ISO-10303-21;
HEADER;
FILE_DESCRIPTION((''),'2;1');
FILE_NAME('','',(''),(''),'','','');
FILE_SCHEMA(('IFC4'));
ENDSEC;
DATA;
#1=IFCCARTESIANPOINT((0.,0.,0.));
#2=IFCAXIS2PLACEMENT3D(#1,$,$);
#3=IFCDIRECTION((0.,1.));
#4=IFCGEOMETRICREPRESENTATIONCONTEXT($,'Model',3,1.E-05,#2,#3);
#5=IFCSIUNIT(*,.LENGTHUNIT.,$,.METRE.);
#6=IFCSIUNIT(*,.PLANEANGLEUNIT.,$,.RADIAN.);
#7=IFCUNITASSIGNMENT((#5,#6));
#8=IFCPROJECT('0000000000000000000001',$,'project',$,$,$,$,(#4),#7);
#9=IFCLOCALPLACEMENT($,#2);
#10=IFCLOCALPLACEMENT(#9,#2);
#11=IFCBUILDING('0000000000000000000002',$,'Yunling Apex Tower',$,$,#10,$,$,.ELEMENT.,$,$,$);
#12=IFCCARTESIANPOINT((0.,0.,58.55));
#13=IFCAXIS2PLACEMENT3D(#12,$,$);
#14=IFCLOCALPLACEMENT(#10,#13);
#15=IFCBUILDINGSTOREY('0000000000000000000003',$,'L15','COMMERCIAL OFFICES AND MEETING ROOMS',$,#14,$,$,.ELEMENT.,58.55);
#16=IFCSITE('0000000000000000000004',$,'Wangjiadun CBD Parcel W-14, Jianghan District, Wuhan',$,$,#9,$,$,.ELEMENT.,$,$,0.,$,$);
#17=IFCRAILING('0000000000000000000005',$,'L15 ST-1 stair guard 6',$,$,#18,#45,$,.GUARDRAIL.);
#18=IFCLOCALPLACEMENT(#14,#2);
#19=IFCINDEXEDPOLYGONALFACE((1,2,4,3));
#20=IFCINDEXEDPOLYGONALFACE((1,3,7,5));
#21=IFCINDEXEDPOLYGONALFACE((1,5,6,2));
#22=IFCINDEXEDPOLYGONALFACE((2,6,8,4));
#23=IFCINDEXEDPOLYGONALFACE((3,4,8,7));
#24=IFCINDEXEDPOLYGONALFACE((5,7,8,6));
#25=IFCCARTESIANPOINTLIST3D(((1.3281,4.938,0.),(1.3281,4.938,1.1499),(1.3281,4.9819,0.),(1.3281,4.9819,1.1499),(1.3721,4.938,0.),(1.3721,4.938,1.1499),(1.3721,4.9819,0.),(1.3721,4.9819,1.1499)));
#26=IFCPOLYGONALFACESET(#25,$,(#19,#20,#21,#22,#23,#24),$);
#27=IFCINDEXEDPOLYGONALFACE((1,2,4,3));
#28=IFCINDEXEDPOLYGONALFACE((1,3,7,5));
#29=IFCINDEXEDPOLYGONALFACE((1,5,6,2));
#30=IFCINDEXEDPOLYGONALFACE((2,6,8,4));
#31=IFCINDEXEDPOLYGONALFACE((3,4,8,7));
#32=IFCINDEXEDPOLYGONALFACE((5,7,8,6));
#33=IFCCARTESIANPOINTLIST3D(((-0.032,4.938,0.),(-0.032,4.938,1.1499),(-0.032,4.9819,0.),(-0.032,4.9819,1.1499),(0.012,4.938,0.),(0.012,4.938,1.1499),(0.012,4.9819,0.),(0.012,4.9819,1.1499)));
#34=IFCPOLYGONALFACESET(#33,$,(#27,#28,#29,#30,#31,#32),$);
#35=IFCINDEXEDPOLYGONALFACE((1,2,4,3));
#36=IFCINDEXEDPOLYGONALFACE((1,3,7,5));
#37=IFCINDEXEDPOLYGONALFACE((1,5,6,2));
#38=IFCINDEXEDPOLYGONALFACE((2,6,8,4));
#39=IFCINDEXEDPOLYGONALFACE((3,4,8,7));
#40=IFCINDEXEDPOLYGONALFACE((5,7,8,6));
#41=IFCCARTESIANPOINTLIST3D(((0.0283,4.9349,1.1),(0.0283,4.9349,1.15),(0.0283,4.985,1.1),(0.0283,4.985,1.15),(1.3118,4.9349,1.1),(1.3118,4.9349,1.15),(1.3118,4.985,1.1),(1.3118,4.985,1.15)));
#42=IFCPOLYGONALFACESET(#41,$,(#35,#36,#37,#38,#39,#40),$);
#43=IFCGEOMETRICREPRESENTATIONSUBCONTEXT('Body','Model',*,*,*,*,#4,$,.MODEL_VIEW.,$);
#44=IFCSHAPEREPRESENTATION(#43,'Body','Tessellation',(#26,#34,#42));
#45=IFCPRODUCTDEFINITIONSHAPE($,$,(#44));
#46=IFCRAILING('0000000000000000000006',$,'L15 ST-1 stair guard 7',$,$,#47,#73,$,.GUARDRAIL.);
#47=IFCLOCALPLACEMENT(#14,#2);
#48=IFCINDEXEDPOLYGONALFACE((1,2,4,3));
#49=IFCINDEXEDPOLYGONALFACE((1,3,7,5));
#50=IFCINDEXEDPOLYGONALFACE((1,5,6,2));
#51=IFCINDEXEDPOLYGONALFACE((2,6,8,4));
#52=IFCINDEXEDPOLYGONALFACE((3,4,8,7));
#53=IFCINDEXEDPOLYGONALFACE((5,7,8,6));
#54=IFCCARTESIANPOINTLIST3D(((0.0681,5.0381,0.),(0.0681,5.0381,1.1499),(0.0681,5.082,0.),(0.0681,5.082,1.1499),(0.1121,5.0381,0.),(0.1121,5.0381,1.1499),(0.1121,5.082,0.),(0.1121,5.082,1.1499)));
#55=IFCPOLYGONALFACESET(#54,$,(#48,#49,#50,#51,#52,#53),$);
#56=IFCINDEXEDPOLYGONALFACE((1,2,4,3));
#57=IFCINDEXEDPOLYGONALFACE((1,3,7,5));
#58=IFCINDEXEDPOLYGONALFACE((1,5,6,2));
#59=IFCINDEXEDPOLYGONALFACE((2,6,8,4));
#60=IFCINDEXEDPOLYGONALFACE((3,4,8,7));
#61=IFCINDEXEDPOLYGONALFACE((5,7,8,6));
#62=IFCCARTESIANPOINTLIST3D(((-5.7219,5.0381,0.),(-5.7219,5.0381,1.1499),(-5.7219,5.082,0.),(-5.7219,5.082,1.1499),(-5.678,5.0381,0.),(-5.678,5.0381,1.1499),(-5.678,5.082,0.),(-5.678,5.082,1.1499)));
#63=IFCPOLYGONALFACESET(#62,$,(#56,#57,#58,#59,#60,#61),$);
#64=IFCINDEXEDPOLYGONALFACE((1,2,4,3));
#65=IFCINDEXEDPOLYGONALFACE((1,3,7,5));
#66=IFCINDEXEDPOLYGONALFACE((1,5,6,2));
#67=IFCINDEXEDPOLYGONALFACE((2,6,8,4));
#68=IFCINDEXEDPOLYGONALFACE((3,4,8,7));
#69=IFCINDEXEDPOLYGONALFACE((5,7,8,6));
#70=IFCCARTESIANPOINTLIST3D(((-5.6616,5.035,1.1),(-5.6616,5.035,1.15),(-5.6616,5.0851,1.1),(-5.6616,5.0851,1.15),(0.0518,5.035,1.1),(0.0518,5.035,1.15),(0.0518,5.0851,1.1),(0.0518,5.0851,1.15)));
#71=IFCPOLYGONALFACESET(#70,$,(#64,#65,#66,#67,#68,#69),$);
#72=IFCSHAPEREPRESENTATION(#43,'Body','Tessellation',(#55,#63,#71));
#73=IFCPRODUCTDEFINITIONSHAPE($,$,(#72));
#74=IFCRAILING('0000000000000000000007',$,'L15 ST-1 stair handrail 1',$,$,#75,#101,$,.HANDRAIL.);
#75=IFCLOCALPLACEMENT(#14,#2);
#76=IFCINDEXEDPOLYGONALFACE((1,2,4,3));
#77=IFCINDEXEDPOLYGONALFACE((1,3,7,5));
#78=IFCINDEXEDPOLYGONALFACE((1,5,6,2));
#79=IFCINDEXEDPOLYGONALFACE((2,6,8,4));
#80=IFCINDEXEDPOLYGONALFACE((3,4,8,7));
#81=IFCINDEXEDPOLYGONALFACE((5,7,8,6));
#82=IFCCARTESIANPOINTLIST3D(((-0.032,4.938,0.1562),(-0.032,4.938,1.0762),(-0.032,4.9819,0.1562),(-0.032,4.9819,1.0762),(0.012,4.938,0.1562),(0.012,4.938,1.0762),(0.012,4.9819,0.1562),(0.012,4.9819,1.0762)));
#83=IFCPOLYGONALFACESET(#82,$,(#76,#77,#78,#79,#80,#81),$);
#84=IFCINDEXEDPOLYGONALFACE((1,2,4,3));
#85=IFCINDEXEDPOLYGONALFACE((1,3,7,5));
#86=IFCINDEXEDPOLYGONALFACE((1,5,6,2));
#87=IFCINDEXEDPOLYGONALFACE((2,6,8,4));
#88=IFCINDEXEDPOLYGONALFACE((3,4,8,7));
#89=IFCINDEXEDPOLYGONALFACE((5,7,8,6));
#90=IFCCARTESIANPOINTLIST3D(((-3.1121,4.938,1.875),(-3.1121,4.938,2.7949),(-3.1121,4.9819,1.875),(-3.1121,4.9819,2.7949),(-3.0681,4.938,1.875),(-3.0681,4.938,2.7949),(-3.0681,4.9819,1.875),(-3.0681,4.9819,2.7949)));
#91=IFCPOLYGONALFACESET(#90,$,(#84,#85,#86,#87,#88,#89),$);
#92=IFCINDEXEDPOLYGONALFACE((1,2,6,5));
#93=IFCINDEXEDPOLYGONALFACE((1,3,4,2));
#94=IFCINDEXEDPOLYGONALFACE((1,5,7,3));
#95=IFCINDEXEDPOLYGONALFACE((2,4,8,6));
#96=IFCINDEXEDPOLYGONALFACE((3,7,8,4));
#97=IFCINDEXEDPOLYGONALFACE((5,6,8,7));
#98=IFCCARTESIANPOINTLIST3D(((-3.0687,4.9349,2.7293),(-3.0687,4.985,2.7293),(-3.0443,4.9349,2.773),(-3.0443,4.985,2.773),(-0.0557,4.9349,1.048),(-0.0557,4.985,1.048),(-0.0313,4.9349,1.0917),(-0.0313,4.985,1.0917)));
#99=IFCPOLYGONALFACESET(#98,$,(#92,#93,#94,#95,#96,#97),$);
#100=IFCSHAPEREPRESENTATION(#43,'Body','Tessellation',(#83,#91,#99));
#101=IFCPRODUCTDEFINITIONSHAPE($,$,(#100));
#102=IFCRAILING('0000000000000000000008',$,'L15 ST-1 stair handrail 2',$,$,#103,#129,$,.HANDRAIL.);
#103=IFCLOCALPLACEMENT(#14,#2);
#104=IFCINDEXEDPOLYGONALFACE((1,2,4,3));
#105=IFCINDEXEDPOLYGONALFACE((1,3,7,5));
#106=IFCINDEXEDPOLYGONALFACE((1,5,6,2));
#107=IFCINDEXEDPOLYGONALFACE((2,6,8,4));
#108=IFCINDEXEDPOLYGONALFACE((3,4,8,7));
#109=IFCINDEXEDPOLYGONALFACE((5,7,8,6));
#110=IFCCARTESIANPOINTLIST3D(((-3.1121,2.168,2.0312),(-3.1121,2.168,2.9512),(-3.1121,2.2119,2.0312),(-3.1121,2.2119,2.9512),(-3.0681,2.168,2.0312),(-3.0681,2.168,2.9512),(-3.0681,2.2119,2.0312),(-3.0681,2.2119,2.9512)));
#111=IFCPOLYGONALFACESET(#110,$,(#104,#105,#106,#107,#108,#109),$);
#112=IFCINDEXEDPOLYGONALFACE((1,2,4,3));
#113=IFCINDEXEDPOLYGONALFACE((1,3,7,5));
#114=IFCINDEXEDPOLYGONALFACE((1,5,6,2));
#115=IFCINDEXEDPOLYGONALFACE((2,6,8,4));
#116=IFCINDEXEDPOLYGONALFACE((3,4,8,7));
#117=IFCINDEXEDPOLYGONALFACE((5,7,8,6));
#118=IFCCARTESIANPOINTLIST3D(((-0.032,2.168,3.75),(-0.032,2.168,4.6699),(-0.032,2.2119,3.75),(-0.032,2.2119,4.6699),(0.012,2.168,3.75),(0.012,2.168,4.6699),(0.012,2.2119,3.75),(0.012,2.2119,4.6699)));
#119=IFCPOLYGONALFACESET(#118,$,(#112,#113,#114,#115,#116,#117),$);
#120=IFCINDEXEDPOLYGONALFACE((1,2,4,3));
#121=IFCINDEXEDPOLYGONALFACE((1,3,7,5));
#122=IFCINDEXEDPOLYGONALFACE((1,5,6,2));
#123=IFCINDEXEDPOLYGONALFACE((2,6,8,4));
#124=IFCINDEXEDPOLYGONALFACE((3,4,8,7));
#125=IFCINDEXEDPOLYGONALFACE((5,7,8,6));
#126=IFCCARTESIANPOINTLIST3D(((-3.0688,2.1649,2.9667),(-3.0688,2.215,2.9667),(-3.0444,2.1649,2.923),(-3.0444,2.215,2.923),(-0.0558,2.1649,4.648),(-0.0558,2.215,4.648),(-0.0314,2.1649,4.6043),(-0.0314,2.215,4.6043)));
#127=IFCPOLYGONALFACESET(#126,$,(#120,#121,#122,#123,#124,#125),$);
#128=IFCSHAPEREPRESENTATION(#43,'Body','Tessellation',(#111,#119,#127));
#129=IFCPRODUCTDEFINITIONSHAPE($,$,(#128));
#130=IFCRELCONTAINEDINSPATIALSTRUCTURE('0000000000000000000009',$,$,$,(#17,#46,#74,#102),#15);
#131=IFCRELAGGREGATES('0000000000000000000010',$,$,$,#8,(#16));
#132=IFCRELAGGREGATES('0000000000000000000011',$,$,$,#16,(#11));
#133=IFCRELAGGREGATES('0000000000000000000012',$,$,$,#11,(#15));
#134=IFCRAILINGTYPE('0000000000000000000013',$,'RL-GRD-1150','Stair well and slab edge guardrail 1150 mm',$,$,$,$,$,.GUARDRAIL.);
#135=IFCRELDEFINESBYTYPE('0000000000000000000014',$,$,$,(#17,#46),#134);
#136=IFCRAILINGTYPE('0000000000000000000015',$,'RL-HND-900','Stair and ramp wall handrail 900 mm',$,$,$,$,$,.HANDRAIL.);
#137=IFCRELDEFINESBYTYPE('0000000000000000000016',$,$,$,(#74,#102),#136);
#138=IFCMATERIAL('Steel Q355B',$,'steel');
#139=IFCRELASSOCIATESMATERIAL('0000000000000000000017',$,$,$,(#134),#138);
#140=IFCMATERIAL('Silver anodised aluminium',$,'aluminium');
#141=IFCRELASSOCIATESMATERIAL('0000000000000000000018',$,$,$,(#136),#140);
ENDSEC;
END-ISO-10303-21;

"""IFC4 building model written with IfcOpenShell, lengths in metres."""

from ifc_helpers import new_model, si_unit, direction, frame, origin, origin_2d, place, context, subcontext, project, spatial, rectangle, extrude, material, type_object, element, save


model = new_model("IFC4")

# Units and contexts
model_context = context("Model", 3, precision=1e-05, world=origin(), true_north=direction((0.0, 1.0)))
body_context = subcontext(model_context, "Body", "Model", "MODEL_VIEW")
ifc_project = project(units=[si_unit("LENGTHUNIT", "METRE"), si_unit("PLANEANGLEUNIT", "RADIAN")], contexts=[model_context])

# Site, building, storey
site_placement = place(None, origin())
site = spatial("IfcSite", under=ifc_project, at=site_placement, Name="Wangjiadun CBD Parcel W-14, Jianghan District, Wuhan", CompositionType="ELEMENT", RefElevation=0.0)
building_placement = place(site_placement, origin())
building = spatial("IfcBuilding", under=site, at=building_placement, Name="Yunling Apex Tower", CompositionType="ELEMENT")
storey_placement = place(building_placement, frame((0.0, 0.0, 58.55)))
storey = spatial("IfcBuildingStorey", under=building, at=storey_placement, Name="L15", Description="COMMERCIAL OFFICES AND MEETING ROOMS", CompositionType="ELEMENT", Elevation=58.55)

# Shared definitions
ifc_material_1 = material(Name="Steel Q355B", Category="steel")

# Railings
railing_type_1 = type_object("IfcRailingType", Name="RL-GRD-1150", Description="Stair well and slab edge guardrail 1150 mm", PredefinedType="GUARDRAIL", material=ifc_material_1)
railing_1_placement = place(storey_placement, frame((1.3501, 4.96, 0.0)))
element("IfcRailing", 1, at=railing_1_placement, inside=storey, type_object=railing_type_1, Name="L15 ST-1 stair guard 6", PredefinedType="GUARDRAIL", context=body_context, shape_type="SweptSolid", body=[
    extrude(rectangle(XDim=0.0439, YDim=0.0439, at=origin_2d()), origin(), (0.0, 0.0, 1.0), 1.1499),
    extrude(rectangle(XDim=0.0439, YDim=0.0439, at=origin_2d()), frame((-1.3601, 0.0, 0.0)), (0.0, 0.0, 1.0), 1.1499),
    extrude(rectangle(XDim=0.05, YDim=0.05, at=origin_2d()), frame((-0.0383, 0.0, 1.125), z_axis=(-1.0, 0.0, 0.0), x_axis=(0.0, -1.0, 0.0)), (0.0, 0.0, 1.0), 1.2834),
])
railing_2_placement = place(storey_placement, frame((0.0901, 5.0601, 0.0)))
element("IfcRailing", 2, at=railing_2_placement, inside=storey, type_object=railing_type_1, Name="L15 ST-1 stair guard 7", PredefinedType="GUARDRAIL", context=body_context, shape_type="SweptSolid", body=[
    extrude(rectangle(XDim=0.0439, YDim=0.0439, at=origin_2d()), origin(), (0.0, 0.0, 1.0), 1.1499),
    extrude(rectangle(XDim=0.0439, YDim=0.0439, at=origin_2d()), frame((-5.79, 0.0, 0.0)), (0.0, 0.0, 1.0), 1.1499),
    extrude(rectangle(XDim=0.05, YDim=0.05, at=origin_2d()), frame((-0.0383, 0.0, 1.125), z_axis=(-1.0, 0.0, 0.0), x_axis=(0.0, -1.0, 0.0)), (0.0, 0.0, 1.0), 5.7134),
])
ifc_material_2 = material(Name="Silver anodised aluminium", Category="aluminium")
railing_type_2 = type_object("IfcRailingType", Name="RL-HND-900", Description="Stair and ramp wall handrail 900 mm", PredefinedType="HANDRAIL", material=ifc_material_2)
railing_3_placement = place(storey_placement, frame((-0.01, 4.96, 0.1562)))
element("IfcRailing", 3, at=railing_3_placement, inside=storey, type_object=railing_type_2, Name="L15 ST-1 stair handrail 1", PredefinedType="HANDRAIL", context=body_context, shape_type="SweptSolid", body=[
    extrude(rectangle(XDim=0.0439, YDim=0.0439, at=origin_2d()), origin(), (0.0, 0.0, 1.0), 0.9199),
    extrude(rectangle(XDim=0.0439, YDim=0.0439, at=origin_2d()), frame((-3.0801, 0.0, 1.7188)), (0.0, 0.0, 1.0), 0.9199),
    extrude(rectangle(XDim=0.05, YDim=0.05, at=origin_2d()), frame((-0.0334, 0.0, 0.9136), z_axis=(-0.873242, 0.0, 0.487288), x_axis=(0.0, -1.0, 0.0)), (0.0, 0.0, 1.0), 3.4504),
])
railing_4_placement = place(storey_placement, frame((-3.0901, 2.1899, 2.0312)))
element("IfcRailing", 4, at=railing_4_placement, inside=storey, type_object=railing_type_2, Name="L15 ST-1 stair handrail 2", PredefinedType="HANDRAIL", context=body_context, shape_type="SweptSolid", body=[
    extrude(rectangle(XDim=0.0439, YDim=0.0439, at=origin_2d()), origin(), (0.0, 0.0, 1.0), 0.9199),
    extrude(rectangle(XDim=0.0439, YDim=0.0439, at=origin_2d()), frame((3.0801, 0.0, 1.7188)), (0.0, 0.0, 1.0), 0.9199),
    extrude(rectangle(XDim=0.05, YDim=0.05, at=origin_2d()), frame((0.0334, 0.0, 0.9136), z_axis=(0.873242, 0.0, 0.487288), x_axis=(0.0, 1.0, 0.0)), (0.0, 0.0, 1.0), 3.4504),
])

save(model, "model.ifc")
